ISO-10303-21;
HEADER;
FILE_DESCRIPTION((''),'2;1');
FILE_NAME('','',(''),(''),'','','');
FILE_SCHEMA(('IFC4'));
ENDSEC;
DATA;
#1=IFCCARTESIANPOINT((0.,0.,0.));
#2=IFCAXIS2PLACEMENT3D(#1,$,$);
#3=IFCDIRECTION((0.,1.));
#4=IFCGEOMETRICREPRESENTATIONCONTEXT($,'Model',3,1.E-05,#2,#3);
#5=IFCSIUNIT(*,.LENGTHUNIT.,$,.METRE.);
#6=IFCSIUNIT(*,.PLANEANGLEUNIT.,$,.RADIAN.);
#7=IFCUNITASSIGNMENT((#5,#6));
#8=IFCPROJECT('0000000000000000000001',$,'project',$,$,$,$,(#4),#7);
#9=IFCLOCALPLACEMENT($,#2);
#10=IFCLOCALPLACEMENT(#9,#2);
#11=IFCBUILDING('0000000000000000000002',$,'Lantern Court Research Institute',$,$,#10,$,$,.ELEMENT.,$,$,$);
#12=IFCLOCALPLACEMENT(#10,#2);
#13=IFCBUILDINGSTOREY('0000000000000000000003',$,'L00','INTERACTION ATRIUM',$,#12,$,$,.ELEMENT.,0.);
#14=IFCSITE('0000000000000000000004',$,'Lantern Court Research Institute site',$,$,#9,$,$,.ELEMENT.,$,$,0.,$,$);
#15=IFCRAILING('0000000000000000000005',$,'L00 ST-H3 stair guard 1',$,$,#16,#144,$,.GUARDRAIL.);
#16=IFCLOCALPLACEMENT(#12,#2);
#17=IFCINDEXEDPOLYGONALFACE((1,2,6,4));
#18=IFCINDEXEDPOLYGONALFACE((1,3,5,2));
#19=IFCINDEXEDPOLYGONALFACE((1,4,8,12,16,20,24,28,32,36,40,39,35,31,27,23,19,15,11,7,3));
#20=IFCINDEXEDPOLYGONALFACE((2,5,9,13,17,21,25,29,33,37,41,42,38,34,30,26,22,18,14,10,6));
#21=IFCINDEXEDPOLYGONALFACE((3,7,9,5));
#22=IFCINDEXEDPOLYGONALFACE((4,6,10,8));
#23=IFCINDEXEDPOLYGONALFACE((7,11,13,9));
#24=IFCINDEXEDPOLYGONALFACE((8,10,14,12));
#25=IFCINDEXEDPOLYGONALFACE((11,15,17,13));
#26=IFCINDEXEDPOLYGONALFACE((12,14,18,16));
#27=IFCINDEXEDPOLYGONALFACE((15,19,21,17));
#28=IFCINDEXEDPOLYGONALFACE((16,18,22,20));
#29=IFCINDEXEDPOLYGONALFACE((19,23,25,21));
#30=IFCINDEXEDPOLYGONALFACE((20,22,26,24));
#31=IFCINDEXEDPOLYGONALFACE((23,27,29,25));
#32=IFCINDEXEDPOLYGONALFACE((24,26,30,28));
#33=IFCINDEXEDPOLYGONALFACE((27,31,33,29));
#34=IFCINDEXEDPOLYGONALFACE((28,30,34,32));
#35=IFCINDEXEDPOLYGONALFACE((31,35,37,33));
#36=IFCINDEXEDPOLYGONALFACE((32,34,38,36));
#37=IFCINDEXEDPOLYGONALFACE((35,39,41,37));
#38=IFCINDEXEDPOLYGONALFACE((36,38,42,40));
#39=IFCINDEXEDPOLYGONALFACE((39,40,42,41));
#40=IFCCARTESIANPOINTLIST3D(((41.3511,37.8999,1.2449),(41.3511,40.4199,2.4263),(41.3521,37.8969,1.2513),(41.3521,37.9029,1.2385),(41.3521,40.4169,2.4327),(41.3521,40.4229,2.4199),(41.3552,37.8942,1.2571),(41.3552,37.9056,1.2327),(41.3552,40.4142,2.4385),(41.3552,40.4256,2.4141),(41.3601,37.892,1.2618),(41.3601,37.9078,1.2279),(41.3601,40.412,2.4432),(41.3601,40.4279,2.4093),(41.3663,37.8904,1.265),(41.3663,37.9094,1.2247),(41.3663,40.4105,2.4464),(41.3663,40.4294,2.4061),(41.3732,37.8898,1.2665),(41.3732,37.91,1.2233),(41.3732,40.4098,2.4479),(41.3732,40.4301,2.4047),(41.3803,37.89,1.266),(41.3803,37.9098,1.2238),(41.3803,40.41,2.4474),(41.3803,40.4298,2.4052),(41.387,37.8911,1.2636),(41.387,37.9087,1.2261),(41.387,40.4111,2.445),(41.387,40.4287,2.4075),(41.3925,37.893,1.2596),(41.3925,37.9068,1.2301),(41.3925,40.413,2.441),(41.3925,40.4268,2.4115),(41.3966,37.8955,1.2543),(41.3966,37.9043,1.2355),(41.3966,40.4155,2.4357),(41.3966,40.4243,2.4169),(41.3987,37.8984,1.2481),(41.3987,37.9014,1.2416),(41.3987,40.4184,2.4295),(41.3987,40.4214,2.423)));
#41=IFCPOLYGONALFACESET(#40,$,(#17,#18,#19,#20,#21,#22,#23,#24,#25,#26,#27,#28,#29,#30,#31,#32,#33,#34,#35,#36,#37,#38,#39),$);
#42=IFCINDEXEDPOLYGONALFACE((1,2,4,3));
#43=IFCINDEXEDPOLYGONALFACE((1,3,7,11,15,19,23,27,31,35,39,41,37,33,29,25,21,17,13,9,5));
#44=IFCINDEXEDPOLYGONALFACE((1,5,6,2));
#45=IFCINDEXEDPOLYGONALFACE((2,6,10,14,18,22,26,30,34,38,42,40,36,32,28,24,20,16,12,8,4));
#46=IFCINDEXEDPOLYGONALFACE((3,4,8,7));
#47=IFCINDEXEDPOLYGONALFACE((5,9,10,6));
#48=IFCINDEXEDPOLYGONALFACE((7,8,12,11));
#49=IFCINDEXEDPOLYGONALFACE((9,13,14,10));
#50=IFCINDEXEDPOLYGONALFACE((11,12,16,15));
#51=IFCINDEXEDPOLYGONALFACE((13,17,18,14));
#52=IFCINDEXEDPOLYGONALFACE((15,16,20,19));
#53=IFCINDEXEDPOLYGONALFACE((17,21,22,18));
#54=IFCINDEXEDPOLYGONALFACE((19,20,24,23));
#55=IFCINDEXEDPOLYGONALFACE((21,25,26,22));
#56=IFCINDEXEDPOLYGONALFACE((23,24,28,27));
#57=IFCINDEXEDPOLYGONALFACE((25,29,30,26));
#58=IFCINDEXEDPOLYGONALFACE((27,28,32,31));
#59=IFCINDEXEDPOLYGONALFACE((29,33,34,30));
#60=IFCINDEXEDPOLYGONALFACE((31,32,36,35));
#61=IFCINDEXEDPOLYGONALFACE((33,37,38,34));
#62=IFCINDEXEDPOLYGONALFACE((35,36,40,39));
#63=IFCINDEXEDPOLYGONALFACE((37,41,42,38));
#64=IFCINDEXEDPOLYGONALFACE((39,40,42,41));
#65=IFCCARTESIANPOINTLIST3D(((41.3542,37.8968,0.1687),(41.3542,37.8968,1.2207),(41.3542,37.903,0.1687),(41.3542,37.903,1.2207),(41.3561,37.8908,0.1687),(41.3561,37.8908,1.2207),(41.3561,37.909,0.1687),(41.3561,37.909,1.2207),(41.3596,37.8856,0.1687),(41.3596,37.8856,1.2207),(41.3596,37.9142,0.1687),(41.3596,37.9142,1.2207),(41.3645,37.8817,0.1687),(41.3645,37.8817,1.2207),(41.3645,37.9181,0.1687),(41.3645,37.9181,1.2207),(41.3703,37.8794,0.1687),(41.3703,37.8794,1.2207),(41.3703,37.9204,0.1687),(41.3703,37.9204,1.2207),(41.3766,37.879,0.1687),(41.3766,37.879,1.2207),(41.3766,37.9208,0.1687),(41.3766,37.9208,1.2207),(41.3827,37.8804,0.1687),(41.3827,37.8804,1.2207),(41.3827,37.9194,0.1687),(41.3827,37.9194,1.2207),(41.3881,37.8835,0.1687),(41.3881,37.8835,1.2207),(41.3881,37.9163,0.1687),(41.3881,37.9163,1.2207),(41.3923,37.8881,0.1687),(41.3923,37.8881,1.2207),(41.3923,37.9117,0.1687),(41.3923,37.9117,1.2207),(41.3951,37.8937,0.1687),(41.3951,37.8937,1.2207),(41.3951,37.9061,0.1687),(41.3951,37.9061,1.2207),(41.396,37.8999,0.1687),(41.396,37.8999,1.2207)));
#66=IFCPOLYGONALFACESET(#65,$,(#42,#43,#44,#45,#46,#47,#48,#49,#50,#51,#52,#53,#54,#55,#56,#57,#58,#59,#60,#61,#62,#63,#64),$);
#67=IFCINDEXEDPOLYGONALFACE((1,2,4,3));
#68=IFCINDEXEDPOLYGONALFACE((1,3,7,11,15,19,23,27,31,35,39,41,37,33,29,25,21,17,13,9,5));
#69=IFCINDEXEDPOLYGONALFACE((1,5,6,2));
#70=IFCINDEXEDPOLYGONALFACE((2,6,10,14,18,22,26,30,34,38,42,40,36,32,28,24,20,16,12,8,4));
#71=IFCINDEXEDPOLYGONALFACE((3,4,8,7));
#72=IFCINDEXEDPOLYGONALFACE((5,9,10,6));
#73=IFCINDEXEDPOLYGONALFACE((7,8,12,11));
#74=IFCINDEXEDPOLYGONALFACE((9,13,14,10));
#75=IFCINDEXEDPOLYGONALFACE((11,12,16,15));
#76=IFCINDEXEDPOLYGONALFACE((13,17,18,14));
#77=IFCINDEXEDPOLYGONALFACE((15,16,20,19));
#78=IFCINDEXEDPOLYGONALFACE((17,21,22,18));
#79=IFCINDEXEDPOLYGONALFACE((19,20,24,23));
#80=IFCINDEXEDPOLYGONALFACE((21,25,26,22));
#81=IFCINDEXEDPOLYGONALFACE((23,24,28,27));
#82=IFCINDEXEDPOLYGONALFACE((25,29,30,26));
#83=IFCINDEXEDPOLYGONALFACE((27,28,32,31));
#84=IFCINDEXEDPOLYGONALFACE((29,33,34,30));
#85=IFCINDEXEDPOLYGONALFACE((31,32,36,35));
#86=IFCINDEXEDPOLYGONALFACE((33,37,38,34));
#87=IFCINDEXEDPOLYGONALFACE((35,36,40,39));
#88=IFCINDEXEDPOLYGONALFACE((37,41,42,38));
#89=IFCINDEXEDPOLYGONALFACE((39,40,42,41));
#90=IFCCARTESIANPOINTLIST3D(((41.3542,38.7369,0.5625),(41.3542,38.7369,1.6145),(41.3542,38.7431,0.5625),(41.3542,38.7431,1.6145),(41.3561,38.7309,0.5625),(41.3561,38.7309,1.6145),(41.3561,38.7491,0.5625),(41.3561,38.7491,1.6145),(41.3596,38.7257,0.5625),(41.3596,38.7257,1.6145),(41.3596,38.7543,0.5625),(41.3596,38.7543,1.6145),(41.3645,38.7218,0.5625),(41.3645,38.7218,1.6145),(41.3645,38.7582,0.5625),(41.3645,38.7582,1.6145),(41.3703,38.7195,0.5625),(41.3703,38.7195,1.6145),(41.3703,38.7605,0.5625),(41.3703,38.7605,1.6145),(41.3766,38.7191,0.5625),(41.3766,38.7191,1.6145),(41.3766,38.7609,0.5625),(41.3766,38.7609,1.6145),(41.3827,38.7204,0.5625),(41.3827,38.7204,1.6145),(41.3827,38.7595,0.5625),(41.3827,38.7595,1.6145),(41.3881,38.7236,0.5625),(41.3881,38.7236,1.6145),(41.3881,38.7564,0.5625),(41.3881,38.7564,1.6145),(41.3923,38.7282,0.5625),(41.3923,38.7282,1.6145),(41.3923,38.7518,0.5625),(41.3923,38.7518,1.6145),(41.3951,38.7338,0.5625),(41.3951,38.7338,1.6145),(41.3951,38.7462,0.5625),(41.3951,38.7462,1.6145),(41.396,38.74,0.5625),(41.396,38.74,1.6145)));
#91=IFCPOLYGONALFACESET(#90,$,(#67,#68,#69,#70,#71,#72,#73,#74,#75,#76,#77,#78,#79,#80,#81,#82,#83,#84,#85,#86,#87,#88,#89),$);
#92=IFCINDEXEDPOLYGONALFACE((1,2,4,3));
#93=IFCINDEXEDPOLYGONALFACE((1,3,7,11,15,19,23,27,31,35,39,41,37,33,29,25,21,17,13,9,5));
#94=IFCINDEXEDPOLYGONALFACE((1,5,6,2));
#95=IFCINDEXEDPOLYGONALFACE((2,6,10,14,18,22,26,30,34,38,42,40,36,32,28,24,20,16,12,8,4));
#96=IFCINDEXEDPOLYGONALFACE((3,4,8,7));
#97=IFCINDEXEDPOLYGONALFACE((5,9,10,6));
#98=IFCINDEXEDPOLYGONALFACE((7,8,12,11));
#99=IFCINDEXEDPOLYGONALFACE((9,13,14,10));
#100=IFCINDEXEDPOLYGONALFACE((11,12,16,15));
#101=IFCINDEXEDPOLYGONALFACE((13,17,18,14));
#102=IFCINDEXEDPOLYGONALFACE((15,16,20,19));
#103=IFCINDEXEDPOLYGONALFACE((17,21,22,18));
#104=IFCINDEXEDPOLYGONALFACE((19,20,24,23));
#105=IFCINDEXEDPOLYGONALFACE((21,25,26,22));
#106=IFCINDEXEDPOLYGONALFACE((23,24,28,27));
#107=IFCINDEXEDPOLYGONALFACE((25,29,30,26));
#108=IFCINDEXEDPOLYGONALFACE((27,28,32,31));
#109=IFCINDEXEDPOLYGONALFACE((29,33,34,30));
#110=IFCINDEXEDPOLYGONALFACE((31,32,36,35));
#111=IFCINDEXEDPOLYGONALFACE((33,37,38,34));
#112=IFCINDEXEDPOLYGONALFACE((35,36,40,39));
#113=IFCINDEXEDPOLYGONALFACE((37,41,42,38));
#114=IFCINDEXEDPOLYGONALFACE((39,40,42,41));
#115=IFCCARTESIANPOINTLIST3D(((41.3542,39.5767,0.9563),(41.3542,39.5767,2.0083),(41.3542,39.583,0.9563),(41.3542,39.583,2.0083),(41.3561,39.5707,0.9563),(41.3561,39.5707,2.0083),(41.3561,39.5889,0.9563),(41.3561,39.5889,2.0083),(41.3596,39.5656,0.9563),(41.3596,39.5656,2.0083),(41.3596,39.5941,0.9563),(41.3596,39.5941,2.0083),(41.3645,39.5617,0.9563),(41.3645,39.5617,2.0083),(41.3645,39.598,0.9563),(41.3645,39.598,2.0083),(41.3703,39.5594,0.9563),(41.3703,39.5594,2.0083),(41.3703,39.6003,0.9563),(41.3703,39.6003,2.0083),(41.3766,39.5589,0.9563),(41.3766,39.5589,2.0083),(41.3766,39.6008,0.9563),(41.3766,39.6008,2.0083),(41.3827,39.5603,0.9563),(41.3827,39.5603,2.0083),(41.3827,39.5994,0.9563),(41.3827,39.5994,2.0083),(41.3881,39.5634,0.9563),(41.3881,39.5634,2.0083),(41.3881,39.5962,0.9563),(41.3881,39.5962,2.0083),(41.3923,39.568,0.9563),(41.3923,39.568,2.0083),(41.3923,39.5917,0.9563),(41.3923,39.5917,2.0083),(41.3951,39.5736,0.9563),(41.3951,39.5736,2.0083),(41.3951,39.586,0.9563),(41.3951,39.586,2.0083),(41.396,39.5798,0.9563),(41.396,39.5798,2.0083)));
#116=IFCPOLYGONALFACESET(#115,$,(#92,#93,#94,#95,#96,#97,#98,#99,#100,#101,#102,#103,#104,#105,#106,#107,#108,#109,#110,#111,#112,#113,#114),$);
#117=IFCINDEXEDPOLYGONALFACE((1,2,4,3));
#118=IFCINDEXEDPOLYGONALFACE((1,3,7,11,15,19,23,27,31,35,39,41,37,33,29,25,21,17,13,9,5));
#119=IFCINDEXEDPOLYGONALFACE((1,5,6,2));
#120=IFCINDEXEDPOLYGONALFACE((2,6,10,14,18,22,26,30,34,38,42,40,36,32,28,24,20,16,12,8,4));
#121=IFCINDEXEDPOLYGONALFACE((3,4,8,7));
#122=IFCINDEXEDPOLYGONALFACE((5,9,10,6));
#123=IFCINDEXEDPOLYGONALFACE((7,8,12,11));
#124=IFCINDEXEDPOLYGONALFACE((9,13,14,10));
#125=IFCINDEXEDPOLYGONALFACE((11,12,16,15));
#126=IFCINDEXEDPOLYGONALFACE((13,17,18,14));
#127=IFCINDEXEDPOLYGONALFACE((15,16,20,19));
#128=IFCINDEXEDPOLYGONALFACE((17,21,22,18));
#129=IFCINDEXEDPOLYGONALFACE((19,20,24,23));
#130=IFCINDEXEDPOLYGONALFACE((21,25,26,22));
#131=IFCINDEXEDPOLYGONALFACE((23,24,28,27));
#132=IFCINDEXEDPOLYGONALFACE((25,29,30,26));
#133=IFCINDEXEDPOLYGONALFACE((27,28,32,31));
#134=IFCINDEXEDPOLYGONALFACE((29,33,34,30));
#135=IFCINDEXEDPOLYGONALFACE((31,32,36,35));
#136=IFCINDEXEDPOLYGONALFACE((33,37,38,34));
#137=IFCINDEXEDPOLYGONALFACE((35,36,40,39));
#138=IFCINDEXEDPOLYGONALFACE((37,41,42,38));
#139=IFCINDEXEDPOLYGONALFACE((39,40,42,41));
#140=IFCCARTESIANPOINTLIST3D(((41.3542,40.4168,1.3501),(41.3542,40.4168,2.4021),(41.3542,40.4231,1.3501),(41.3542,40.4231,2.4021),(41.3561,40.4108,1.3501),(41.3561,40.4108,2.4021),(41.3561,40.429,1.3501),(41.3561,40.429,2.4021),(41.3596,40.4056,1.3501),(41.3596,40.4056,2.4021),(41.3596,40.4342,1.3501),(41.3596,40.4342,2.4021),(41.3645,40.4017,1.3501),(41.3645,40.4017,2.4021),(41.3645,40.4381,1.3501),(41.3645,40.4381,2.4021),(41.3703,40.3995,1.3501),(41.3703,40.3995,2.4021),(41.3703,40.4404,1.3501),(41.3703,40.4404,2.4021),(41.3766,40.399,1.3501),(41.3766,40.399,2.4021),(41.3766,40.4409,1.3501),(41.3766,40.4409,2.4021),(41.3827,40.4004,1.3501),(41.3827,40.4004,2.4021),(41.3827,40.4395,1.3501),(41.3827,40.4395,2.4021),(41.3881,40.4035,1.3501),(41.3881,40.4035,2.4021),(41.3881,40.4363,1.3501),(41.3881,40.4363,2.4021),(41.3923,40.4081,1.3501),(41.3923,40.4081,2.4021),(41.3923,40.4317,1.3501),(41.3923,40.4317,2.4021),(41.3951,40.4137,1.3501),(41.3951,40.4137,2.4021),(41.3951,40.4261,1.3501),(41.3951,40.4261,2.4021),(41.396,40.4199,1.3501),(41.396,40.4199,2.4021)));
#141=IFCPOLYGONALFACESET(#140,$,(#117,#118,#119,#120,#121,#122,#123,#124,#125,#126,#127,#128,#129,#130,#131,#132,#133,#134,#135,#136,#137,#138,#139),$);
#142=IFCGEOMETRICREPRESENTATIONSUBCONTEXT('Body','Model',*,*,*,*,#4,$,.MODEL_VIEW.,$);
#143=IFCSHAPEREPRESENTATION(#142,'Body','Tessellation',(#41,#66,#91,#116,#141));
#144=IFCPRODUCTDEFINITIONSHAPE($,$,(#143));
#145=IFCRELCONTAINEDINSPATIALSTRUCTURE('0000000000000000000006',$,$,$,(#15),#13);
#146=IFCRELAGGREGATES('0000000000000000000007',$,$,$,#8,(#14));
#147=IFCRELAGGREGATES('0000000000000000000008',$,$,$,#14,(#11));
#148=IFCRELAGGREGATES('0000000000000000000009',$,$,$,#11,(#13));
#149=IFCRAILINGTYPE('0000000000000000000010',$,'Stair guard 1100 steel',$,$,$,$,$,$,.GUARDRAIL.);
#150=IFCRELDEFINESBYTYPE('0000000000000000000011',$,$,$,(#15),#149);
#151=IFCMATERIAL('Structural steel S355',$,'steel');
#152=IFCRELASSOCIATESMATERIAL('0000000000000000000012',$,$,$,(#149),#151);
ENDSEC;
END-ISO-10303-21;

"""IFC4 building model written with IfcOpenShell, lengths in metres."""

from ifc_helpers import new_model, si_unit, direction, frame, origin, origin_2d, place, context, subcontext, project, spatial, circle, extrude, material, type_object, element, save


model = new_model("IFC4")

# Units and contexts
model_context = context("Model", 3, precision=1e-05, world=origin(), true_north=direction((0.0, 1.0)))
body_context = subcontext(model_context, "Body", "Model", "MODEL_VIEW")
ifc_project = project(units=[si_unit("LENGTHUNIT", "METRE"), si_unit("PLANEANGLEUNIT", "RADIAN")], contexts=[model_context])

# Site, building, storey
site_placement = place(None, origin())
site = spatial("IfcSite", under=ifc_project, at=site_placement, Name="Lantern Court Research Institute site", CompositionType="ELEMENT", RefElevation=0.0)
building_placement = place(site_placement, origin())
building = spatial("IfcBuilding", under=site, at=building_placement, Name="Lantern Court Research Institute", CompositionType="ELEMENT")
storey_placement = place(building_placement, origin())
storey = spatial("IfcBuildingStorey", under=building, at=storey_placement, Name="L00", Description="INTERACTION ATRIUM", CompositionType="ELEMENT", Elevation=0.0)

# Railing
ifc_material_1 = material(Name="Structural steel S355", Category="steel")
railing_type_1 = type_object("IfcRailingType", Name="Stair guard 1100 steel", PredefinedType="GUARDRAIL", material=ifc_material_1)
railing_1_placement = place(storey_placement, frame((41.375, 37.8999, 0.1687)))
element("IfcRailing", 1, at=railing_1_placement, inside=storey, type_object=railing_type_1, Name="L00 ST-H3 stair guard 1", PredefinedType="GUARDRAIL", context=body_context, shape_type="SweptSolid", body=[
    extrude(circle(Radius=0.0239, at=origin_2d()), frame((0.0, 0.0, 1.0762), z_axis=(0.0, 0.90544, 0.424474), x_axis=(-1.0, 0.0, 0.0)), (0.0, 0.0, 1.0), 2.7832),
    extrude(circle(Radius=0.021, at=origin_2d()), origin(), (0.0, 0.0, 1.0), 1.052),
    extrude(circle(Radius=0.021, at=origin_2d()), frame((0.0, 0.8401, 0.3938)), (0.0, 0.0, 1.0), 1.052),
    extrude(circle(Radius=0.021, at=origin_2d()), frame((0.0, 1.6799, 0.7876)), (0.0, 0.0, 1.0), 1.052),
    extrude(circle(Radius=0.021, at=origin_2d()), frame((0.0, 2.52, 1.1814)), (0.0, 0.0, 1.0), 1.052),
])

save(model, "model.ifc")
